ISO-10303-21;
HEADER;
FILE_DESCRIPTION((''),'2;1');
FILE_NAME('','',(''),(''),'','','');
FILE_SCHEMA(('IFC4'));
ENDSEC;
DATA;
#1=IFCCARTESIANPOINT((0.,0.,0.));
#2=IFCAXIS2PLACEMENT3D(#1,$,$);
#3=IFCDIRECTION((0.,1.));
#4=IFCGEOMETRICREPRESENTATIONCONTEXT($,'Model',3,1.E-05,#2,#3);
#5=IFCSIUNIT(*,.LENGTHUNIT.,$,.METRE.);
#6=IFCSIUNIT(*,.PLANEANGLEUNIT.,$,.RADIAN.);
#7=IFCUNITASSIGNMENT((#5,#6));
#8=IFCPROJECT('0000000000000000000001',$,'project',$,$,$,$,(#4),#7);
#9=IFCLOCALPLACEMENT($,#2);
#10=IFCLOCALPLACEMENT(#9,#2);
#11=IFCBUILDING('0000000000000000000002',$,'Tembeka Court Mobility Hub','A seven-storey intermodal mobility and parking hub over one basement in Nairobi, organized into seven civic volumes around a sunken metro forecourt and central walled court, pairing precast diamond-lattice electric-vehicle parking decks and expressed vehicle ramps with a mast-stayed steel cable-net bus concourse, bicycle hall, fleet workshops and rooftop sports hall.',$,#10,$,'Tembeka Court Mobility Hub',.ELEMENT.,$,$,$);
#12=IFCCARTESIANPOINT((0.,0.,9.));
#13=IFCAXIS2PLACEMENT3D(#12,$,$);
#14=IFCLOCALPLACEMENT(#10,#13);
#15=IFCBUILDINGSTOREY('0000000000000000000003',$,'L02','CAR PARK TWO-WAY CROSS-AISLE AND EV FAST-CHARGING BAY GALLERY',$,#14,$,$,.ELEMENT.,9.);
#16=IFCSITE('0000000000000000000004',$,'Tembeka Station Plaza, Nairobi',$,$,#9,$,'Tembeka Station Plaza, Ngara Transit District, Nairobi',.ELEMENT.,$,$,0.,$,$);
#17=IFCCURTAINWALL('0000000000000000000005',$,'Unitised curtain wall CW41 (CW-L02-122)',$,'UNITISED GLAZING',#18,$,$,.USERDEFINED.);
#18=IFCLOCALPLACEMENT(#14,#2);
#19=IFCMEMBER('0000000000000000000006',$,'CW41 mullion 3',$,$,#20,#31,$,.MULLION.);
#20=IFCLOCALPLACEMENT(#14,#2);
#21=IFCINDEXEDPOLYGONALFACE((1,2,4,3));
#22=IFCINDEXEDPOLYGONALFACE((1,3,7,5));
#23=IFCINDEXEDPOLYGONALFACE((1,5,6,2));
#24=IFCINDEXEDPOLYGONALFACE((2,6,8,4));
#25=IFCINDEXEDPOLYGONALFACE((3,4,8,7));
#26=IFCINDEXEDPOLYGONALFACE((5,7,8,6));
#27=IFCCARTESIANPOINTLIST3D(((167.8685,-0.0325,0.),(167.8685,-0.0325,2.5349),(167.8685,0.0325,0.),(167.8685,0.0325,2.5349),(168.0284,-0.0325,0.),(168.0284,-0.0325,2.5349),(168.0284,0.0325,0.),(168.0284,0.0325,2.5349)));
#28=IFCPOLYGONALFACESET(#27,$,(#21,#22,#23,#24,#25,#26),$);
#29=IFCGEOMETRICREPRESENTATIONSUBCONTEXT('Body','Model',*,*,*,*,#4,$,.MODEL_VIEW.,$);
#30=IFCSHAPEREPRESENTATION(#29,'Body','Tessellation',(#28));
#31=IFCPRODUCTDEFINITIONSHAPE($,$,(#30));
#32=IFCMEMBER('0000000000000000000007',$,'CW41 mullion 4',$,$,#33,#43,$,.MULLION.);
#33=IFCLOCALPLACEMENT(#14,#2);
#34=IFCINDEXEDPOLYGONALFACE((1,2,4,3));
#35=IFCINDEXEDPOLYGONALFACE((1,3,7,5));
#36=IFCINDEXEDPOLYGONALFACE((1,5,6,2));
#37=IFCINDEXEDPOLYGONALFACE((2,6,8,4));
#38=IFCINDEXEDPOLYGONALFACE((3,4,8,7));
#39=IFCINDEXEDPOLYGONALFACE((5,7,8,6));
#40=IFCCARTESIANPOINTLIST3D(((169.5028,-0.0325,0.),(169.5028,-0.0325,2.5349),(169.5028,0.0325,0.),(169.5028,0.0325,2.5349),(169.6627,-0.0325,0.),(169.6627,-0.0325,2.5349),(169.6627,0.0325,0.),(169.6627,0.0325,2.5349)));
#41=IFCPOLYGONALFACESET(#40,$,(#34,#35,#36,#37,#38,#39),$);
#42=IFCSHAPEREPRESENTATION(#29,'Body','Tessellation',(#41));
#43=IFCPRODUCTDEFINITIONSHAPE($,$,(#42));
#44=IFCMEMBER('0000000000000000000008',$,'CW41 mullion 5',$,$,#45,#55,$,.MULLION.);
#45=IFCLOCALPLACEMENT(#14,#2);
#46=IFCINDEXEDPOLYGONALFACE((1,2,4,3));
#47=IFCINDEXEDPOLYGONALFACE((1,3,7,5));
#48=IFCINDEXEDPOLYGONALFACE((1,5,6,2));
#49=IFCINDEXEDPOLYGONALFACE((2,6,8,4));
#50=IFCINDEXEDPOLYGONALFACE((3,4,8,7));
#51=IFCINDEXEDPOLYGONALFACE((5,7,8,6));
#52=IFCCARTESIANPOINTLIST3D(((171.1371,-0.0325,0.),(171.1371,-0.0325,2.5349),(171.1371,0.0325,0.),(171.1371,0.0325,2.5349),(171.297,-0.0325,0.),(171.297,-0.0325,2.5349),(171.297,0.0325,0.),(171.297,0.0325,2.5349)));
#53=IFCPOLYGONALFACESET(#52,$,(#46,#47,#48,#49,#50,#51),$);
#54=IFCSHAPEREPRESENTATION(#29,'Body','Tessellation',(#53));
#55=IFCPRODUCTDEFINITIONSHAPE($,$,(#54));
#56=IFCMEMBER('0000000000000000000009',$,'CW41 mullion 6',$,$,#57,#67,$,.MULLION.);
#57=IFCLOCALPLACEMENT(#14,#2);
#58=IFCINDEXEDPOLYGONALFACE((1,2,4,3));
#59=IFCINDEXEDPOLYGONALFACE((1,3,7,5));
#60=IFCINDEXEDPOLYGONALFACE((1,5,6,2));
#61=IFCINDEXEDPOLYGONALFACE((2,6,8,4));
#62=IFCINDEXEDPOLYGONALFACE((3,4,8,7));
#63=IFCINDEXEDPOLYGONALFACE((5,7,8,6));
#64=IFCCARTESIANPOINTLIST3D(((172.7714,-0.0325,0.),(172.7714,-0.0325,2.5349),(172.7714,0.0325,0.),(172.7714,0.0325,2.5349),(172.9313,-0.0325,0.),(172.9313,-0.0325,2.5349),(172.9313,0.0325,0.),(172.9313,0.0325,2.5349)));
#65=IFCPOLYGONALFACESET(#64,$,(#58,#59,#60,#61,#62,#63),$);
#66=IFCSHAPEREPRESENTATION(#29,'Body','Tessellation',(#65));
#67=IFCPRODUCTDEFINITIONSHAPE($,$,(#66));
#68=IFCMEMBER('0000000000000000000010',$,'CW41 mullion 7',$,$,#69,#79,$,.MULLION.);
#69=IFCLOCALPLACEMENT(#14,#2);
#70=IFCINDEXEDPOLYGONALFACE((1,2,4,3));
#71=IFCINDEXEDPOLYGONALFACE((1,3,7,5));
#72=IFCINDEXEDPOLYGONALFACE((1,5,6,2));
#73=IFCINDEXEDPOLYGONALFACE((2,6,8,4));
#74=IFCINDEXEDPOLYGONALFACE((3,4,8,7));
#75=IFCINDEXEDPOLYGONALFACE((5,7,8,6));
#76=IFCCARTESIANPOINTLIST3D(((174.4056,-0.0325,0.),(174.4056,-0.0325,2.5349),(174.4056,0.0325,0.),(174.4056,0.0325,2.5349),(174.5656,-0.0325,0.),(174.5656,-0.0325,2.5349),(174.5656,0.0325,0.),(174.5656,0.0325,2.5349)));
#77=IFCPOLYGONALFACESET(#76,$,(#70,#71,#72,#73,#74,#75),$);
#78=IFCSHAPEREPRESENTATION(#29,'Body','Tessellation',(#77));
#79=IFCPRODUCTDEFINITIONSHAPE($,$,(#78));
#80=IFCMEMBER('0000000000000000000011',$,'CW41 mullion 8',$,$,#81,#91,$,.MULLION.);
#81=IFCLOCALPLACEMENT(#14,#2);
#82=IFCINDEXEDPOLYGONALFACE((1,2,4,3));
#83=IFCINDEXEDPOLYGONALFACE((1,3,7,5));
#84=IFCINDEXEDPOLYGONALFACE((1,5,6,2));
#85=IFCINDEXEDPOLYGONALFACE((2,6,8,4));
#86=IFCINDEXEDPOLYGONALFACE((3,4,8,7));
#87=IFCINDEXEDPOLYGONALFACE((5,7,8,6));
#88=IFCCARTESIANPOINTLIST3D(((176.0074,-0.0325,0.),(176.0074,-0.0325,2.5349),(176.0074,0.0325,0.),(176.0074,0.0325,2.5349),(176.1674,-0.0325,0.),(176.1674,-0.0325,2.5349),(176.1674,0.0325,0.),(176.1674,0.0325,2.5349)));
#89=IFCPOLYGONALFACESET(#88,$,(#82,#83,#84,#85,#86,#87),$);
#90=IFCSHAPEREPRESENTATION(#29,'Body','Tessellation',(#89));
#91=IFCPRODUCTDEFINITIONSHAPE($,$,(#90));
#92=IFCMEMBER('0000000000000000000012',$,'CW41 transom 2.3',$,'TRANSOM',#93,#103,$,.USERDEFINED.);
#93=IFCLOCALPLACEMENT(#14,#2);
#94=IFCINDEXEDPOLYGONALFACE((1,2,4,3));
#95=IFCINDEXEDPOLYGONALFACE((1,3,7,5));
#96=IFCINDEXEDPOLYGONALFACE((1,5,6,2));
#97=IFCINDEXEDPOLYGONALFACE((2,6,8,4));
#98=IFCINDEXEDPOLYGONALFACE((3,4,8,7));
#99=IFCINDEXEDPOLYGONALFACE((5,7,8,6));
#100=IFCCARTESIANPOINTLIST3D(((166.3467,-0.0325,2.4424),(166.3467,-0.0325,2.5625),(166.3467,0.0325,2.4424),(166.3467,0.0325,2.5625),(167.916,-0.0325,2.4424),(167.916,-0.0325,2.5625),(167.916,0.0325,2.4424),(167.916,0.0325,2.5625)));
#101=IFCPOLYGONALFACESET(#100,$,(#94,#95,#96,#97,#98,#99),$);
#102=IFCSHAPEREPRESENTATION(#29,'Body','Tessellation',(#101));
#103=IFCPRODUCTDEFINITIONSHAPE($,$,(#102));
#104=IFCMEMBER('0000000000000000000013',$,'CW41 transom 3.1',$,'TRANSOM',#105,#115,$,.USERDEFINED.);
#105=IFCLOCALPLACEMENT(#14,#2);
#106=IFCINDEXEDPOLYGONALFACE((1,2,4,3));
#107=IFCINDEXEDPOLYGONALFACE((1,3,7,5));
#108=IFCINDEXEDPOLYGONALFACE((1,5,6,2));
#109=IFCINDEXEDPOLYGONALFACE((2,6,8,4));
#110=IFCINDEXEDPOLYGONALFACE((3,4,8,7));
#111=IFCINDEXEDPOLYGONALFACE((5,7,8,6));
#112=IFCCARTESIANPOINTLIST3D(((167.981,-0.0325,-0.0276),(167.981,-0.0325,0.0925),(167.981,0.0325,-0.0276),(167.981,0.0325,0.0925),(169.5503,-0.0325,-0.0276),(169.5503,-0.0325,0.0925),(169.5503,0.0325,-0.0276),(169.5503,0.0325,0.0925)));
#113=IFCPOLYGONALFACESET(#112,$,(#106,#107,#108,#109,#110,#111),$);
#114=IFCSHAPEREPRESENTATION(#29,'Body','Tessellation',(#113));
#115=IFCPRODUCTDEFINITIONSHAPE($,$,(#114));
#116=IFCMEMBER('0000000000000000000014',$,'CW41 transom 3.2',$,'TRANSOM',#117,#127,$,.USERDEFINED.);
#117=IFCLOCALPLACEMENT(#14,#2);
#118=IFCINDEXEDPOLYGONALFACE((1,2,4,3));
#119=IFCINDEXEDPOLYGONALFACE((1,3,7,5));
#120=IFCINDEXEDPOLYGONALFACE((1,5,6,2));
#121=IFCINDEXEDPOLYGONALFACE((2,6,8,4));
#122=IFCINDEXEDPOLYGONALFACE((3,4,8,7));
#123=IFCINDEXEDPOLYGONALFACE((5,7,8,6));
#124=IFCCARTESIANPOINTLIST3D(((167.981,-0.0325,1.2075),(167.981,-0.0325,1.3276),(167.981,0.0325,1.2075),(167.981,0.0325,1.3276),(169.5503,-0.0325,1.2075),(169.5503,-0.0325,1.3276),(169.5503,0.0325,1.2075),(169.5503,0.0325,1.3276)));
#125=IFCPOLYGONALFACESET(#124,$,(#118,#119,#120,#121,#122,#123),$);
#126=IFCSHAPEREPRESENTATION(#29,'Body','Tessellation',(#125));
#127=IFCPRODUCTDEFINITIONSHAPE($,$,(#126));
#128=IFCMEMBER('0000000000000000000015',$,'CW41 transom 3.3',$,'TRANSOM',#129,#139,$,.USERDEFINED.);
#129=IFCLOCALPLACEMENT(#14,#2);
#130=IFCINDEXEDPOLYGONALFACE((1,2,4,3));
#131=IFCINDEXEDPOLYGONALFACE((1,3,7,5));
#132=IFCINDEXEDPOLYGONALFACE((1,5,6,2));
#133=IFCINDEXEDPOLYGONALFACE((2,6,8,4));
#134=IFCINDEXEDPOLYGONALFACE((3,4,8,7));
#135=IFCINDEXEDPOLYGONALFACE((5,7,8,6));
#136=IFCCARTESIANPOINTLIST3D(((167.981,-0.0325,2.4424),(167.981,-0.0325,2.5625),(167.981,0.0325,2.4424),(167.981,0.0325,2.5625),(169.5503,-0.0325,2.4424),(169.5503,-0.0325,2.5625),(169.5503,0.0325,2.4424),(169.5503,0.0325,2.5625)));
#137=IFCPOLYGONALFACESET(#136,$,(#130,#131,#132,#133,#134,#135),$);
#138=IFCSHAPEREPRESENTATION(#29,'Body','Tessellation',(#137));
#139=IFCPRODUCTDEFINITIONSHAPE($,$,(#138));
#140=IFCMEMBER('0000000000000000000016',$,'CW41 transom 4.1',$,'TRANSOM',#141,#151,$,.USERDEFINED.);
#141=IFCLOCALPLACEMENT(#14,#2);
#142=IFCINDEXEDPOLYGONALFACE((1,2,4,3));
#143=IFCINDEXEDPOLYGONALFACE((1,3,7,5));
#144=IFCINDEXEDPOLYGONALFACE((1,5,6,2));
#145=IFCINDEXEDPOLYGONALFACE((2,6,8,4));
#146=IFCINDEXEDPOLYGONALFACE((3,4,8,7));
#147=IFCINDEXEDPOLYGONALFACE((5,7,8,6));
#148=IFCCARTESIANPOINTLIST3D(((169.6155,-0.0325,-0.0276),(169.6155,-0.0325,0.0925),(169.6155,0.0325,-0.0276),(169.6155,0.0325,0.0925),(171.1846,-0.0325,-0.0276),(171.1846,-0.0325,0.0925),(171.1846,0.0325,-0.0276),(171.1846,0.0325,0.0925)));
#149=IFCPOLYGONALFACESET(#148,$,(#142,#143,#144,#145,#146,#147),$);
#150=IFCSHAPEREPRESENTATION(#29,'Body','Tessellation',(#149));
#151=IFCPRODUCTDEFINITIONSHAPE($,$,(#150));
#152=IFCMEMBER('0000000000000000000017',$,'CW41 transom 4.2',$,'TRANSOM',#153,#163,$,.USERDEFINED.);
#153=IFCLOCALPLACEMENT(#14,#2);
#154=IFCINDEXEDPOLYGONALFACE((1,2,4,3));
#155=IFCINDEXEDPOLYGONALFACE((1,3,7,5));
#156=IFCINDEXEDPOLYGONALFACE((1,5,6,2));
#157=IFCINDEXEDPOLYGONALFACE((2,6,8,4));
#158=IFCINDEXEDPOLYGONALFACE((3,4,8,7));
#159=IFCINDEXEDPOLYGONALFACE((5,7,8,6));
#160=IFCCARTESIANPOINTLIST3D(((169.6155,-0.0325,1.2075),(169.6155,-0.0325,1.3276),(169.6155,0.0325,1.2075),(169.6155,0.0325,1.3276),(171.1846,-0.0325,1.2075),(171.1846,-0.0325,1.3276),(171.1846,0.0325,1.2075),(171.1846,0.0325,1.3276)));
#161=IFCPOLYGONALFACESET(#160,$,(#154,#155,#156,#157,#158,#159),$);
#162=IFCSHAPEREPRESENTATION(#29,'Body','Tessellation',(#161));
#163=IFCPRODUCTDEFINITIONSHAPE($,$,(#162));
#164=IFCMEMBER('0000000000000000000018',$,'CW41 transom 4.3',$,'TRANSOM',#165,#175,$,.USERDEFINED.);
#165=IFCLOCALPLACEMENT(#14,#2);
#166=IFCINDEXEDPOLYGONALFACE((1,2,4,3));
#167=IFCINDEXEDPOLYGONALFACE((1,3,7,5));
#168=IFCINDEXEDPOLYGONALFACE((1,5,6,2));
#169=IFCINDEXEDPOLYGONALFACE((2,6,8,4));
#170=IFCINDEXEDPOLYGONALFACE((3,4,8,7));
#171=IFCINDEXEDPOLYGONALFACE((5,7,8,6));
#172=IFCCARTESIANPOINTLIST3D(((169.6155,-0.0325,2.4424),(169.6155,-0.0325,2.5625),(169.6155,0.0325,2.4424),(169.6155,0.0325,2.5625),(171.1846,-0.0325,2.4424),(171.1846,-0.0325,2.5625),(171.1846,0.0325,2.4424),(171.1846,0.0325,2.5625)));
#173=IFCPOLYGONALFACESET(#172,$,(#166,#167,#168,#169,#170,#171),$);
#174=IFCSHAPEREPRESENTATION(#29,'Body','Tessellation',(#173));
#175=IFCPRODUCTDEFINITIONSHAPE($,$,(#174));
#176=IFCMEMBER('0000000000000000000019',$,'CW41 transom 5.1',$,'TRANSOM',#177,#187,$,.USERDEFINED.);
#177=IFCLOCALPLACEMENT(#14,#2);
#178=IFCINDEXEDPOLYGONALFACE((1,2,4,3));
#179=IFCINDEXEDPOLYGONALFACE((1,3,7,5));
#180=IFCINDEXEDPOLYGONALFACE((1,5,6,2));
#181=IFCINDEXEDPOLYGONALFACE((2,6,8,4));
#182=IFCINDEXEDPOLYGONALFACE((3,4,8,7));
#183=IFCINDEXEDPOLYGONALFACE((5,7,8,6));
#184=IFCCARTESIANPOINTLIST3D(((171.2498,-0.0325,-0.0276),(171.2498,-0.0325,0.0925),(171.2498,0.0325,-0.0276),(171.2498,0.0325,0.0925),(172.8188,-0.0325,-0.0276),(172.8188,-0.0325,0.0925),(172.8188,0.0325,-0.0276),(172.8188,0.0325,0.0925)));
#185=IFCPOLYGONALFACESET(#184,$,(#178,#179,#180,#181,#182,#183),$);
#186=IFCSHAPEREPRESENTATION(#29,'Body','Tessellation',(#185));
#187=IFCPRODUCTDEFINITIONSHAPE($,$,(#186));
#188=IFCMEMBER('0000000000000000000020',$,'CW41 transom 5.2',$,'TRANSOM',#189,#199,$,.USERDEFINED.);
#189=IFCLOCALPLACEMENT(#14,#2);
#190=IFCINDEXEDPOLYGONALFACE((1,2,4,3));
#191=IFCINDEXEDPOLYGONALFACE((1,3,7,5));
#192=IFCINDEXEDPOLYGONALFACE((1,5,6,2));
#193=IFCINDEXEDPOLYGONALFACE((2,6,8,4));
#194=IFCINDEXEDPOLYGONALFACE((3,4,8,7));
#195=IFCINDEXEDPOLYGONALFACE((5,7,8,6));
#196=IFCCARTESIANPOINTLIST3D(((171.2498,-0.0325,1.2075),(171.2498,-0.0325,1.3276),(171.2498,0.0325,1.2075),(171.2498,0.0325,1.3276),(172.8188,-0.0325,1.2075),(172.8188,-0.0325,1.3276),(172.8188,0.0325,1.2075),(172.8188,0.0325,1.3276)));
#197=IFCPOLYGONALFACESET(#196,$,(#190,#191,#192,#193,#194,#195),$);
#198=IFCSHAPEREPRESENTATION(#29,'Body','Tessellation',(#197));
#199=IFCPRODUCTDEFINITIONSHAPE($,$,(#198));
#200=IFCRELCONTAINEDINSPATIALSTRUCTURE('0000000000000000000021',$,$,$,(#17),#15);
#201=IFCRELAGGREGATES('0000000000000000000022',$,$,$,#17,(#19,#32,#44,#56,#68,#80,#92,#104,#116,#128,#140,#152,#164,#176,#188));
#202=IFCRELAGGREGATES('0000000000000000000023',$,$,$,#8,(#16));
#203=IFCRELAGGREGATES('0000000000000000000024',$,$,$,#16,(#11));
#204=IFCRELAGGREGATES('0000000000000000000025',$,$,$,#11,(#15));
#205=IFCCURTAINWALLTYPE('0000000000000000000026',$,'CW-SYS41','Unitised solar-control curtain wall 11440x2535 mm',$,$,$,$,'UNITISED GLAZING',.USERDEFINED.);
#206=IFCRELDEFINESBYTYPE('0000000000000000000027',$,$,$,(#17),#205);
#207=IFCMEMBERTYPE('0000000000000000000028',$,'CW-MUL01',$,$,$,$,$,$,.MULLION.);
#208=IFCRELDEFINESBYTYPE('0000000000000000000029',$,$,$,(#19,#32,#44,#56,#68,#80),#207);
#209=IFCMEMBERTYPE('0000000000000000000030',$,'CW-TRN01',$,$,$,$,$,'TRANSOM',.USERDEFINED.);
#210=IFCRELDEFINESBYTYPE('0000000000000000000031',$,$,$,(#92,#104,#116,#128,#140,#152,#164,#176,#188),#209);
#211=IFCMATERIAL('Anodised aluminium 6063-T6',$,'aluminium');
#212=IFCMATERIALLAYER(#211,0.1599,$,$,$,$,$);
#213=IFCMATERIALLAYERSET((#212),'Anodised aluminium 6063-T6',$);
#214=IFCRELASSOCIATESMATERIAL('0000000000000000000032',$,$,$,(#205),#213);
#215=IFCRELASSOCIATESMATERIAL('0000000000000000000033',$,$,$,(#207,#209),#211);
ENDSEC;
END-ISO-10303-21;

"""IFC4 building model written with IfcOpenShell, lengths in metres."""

from ifc_helpers import new_model, si_unit, direction, frame, origin, origin_2d, place, context, subcontext, project, spatial, rectangle, extrude, material, layer, layer_set, material_profile, profile_set, type_object, element, aggregate, save


model = new_model("IFC4")

# Units and contexts
model_context = context("Model", 3, precision=1e-05, world=origin(), true_north=direction((0.0, 1.0)))
body_context = subcontext(model_context, "Body", "Model", "MODEL_VIEW")
ifc_project = project(units=[si_unit("LENGTHUNIT", "METRE"), si_unit("PLANEANGLEUNIT", "RADIAN")], contexts=[model_context])

# Site, building, storey
site_placement = place(None, origin())
site = spatial("IfcSite", under=ifc_project, at=site_placement, Name="Tembeka Station Plaza, Nairobi", LongName="Tembeka Station Plaza, Ngara Transit District, Nairobi", CompositionType="ELEMENT", RefElevation=0.0)
building_placement = place(site_placement, origin())
building = spatial("IfcBuilding", under=site, at=building_placement, Name="Tembeka Court Mobility Hub", Description="A seven-storey intermodal mobility and parking hub over one basement in Nairobi, organized into seven civic volumes around a sunken metro forecourt and central walled court, pairing precast diamond-lattice electric-vehicle parking decks and expressed vehicle ramps with a mast-stayed steel cable-net bus concourse, bicycle hall, fleet workshops and rooftop sports hall.", LongName="Tembeka Court Mobility Hub", CompositionType="ELEMENT")
storey_placement = place(building_placement, frame((0.0, 0.0, 9.0)))
storey = spatial("IfcBuildingStorey", under=building, at=storey_placement, Name="L02", Description="CAR PARK TWO-WAY CROSS-AISLE AND EV FAST-CHARGING BAY GALLERY", CompositionType="ELEMENT", Elevation=9.0)

# Curtain wall, members
ifc_material_1 = material(Name="Anodised aluminium 6063-T6", Category="aluminium")
ifc_layer_1 = layer(ifc_material_1, 0.1599)
ifc_layer_set_1 = layer_set([ifc_layer_1], Name="Anodised aluminium 6063-T6")
curtain_wall_type = type_object("IfcCurtainWallType", Name="CW-SYS41", Description="Unitised solar-control curtain wall 11440x2535 mm", ElementType="UNITISED GLAZING", PredefinedType="USERDEFINED", material=ifc_layer_set_1)
curtain_wall_placement = place(storey_placement, origin())
curtain_wall = element("IfcCurtainWall", 1, at=curtain_wall_placement, inside=storey, type_object=curtain_wall_type, Name="Unitised curtain wall CW41 (CW-L02-122)", ObjectType="UNITISED GLAZING", PredefinedType="USERDEFINED")
ifc_material_profile_1 = material_profile(ifc_material_1, rectangle(XDim=0.0649, YDim=0.1599, at=origin_2d()), Name="ALU-MUL 65x160")
ifc_profile_set_1 = profile_set([ifc_material_profile_1], Name="Anodised aluminium 6063-T6")
member_type_1 = type_object("IfcMemberType", Name="CW-MUL01", PredefinedType="MULLION", material=ifc_profile_set_1)
member_1_placement = place(storey_placement, frame((167.9485, 0.0, 0.0), z_axis=(0.0, 0.0, 1.0), x_axis=(0.0, 1.0, 0.0)))
member_1 = element("IfcMember", 2, at=member_1_placement, type_object=member_type_1, Name="CW41 mullion 3", PredefinedType="MULLION", context=body_context, shape_type="SweptSolid", body=[
    extrude(rectangle(XDim=0.0649, YDim=0.1599, at=origin_2d()), origin(), (0.0, 0.0, 1.0), 2.5349),
])
member_2_placement = place(storey_placement, frame((169.5828, 0.0, 0.0), z_axis=(0.0, 0.0, 1.0), x_axis=(0.0, 1.0, 0.0)))
member_2 = element("IfcMember", 3, at=member_2_placement, type_object=member_type_1, Name="CW41 mullion 4", PredefinedType="MULLION", context=body_context, shape_type="SweptSolid", body=[
    extrude(rectangle(XDim=0.0649, YDim=0.1599, at=origin_2d()), origin(), (0.0, 0.0, 1.0), 2.5349),
])
member_3_placement = place(storey_placement, frame((171.217, 0.0, 0.0), z_axis=(0.0, 0.0, 1.0), x_axis=(0.0, 1.0, 0.0)))
member_3 = element("IfcMember", 4, at=member_3_placement, type_object=member_type_1, Name="CW41 mullion 5", PredefinedType="MULLION", context=body_context, shape_type="SweptSolid", body=[
    extrude(rectangle(XDim=0.0649, YDim=0.1599, at=origin_2d()), origin(), (0.0, 0.0, 1.0), 2.5349),
])
member_4_placement = place(storey_placement, frame((172.8513, 0.0, 0.0), z_axis=(0.0, 0.0, 1.0), x_axis=(0.0, 1.0, 0.0)))
member_4 = element("IfcMember", 5, at=member_4_placement, type_object=member_type_1, Name="CW41 mullion 6", PredefinedType="MULLION", context=body_context, shape_type="SweptSolid", body=[
    extrude(rectangle(XDim=0.0649, YDim=0.1599, at=origin_2d()), origin(), (0.0, 0.0, 1.0), 2.5349),
])
member_5_placement = place(storey_placement, frame((174.4856, 0.0, 0.0), z_axis=(0.0, 0.0, 1.0), x_axis=(0.0, 1.0, 0.0)))
member_5 = element("IfcMember", 6, at=member_5_placement, type_object=member_type_1, Name="CW41 mullion 7", PredefinedType="MULLION", context=body_context, shape_type="SweptSolid", body=[
    extrude(rectangle(XDim=0.0649, YDim=0.1599, at=origin_2d()), origin(), (0.0, 0.0, 1.0), 2.5349),
])
member_6_placement = place(storey_placement, frame((176.0874, 0.0, 0.0), z_axis=(0.0, 0.0, 1.0), x_axis=(0.0, 1.0, 0.0)))
member_6 = element("IfcMember", 7, at=member_6_placement, type_object=member_type_1, Name="CW41 mullion 8", PredefinedType="MULLION", context=body_context, shape_type="SweptSolid", body=[
    extrude(rectangle(XDim=0.0649, YDim=0.1599, at=origin_2d()), origin(), (0.0, 0.0, 1.0), 2.5349),
])
ifc_material_profile_2 = material_profile(ifc_material_1, rectangle(XDim=0.0649, YDim=0.1201, at=origin_2d()), Name="ALU-TRN 65x120")
ifc_profile_set_2 = profile_set([ifc_material_profile_2], Name="Anodised aluminium 6063-T6")
member_type_2 = type_object("IfcMemberType", Name="CW-TRN01", ElementType="TRANSOM", PredefinedType="USERDEFINED", material=ifc_profile_set_2)
member_7_placement = place(storey_placement, frame((166.3467, 0.0, 2.5024), z_axis=(1.0, 0.0, 0.0), x_axis=(0.0, 1.0, 0.0)))
member_7 = element("IfcMember", 8, at=member_7_placement, type_object=member_type_2, Name="CW41 transom 2.3", ObjectType="TRANSOM", PredefinedType="USERDEFINED", context=body_context, shape_type="SweptSolid", body=[
    extrude(rectangle(XDim=0.0649, YDim=0.1201, at=origin_2d()), origin(), (0.0, 0.0, 1.0), 1.5693),
])
member_8_placement = place(storey_placement, frame((167.981, 0.0, 0.0325), z_axis=(1.0, 0.0, 0.0), x_axis=(0.0, 1.0, 0.0)))
member_8 = element("IfcMember", 9, at=member_8_placement, type_object=member_type_2, Name="CW41 transom 3.1", ObjectType="TRANSOM", PredefinedType="USERDEFINED", context=body_context, shape_type="SweptSolid", body=[
    extrude(rectangle(XDim=0.0649, YDim=0.1201, at=origin_2d()), origin(), (0.0, 0.0, 1.0), 1.5693),
])
member_9_placement = place(storey_placement, frame((167.981, 0.0, 1.2676), z_axis=(1.0, 0.0, 0.0), x_axis=(0.0, 1.0, 0.0)))
member_9 = element("IfcMember", 10, at=member_9_placement, type_object=member_type_2, Name="CW41 transom 3.2", ObjectType="TRANSOM", PredefinedType="USERDEFINED", context=body_context, shape_type="SweptSolid", body=[
    extrude(rectangle(XDim=0.0649, YDim=0.1201, at=origin_2d()), origin(), (0.0, 0.0, 1.0), 1.5693),
])
member_10_placement = place(storey_placement, frame((167.981, 0.0, 2.5024), z_axis=(1.0, 0.0, 0.0), x_axis=(0.0, 1.0, 0.0)))
member_10 = element("IfcMember", 11, at=member_10_placement, type_object=member_type_2, Name="CW41 transom 3.3", ObjectType="TRANSOM", PredefinedType="USERDEFINED", context=body_context, shape_type="SweptSolid", body=[
    extrude(rectangle(XDim=0.0649, YDim=0.1201, at=origin_2d()), origin(), (0.0, 0.0, 1.0), 1.5693),
])
member_11_placement = place(storey_placement, frame((169.6155, 0.0, 0.0325), z_axis=(1.0, 0.0, 0.0), x_axis=(0.0, 1.0, 0.0)))
member_11 = element("IfcMember", 12, at=member_11_placement, type_object=member_type_2, Name="CW41 transom 4.1", ObjectType="TRANSOM", PredefinedType="USERDEFINED", context=body_context, shape_type="SweptSolid", body=[
    extrude(rectangle(XDim=0.0649, YDim=0.1201, at=origin_2d()), origin(), (0.0, 0.0, 1.0), 1.5691),
])
member_12_placement = place(storey_placement, frame((169.6155, 0.0, 1.2676), z_axis=(1.0, 0.0, 0.0), x_axis=(0.0, 1.0, 0.0)))
member_12 = element("IfcMember", 13, at=member_12_placement, type_object=member_type_2, Name="CW41 transom 4.2", ObjectType="TRANSOM", PredefinedType="USERDEFINED", context=body_context, shape_type="SweptSolid", body=[
    extrude(rectangle(XDim=0.0649, YDim=0.1201, at=origin_2d()), origin(), (0.0, 0.0, 1.0), 1.5691),
])
member_13_placement = place(storey_placement, frame((169.6155, 0.0, 2.5024), z_axis=(1.0, 0.0, 0.0), x_axis=(0.0, 1.0, 0.0)))
member_13 = element("IfcMember", 14, at=member_13_placement, type_object=member_type_2, Name="CW41 transom 4.3", ObjectType="TRANSOM", PredefinedType="USERDEFINED", context=body_context, shape_type="SweptSolid", body=[
    extrude(rectangle(XDim=0.0649, YDim=0.1201, at=origin_2d()), origin(), (0.0, 0.0, 1.0), 1.5691),
])
member_14_placement = place(storey_placement, frame((171.2498, 0.0, 0.0325), z_axis=(1.0, 0.0, 0.0), x_axis=(0.0, 1.0, 0.0)))
member_14 = element("IfcMember", 15, at=member_14_placement, type_object=member_type_2, Name="CW41 transom 5.1", ObjectType="TRANSOM", PredefinedType="USERDEFINED", context=body_context, shape_type="SweptSolid", body=[
    extrude(rectangle(XDim=0.0649, YDim=0.1201, at=origin_2d()), origin(), (0.0, 0.0, 1.0), 1.5691),
])
member_15_placement = place(storey_placement, frame((171.2498, 0.0, 1.2676), z_axis=(1.0, 0.0, 0.0), x_axis=(0.0, 1.0, 0.0)))
member_15 = element("IfcMember", 16, at=member_15_placement, type_object=member_type_2, Name="CW41 transom 5.2", ObjectType="TRANSOM", PredefinedType="USERDEFINED", context=body_context, shape_type="SweptSolid", body=[
    extrude(rectangle(XDim=0.0649, YDim=0.1201, at=origin_2d()), origin(), (0.0, 0.0, 1.0), 1.5691),
])
aggregate(curtain_wall, [member_1, member_2, member_3, member_4, member_5, member_6, member_7, member_8, member_9, member_10, member_11, member_12, member_13, member_14, member_15])

save(model, "model.ifc")
